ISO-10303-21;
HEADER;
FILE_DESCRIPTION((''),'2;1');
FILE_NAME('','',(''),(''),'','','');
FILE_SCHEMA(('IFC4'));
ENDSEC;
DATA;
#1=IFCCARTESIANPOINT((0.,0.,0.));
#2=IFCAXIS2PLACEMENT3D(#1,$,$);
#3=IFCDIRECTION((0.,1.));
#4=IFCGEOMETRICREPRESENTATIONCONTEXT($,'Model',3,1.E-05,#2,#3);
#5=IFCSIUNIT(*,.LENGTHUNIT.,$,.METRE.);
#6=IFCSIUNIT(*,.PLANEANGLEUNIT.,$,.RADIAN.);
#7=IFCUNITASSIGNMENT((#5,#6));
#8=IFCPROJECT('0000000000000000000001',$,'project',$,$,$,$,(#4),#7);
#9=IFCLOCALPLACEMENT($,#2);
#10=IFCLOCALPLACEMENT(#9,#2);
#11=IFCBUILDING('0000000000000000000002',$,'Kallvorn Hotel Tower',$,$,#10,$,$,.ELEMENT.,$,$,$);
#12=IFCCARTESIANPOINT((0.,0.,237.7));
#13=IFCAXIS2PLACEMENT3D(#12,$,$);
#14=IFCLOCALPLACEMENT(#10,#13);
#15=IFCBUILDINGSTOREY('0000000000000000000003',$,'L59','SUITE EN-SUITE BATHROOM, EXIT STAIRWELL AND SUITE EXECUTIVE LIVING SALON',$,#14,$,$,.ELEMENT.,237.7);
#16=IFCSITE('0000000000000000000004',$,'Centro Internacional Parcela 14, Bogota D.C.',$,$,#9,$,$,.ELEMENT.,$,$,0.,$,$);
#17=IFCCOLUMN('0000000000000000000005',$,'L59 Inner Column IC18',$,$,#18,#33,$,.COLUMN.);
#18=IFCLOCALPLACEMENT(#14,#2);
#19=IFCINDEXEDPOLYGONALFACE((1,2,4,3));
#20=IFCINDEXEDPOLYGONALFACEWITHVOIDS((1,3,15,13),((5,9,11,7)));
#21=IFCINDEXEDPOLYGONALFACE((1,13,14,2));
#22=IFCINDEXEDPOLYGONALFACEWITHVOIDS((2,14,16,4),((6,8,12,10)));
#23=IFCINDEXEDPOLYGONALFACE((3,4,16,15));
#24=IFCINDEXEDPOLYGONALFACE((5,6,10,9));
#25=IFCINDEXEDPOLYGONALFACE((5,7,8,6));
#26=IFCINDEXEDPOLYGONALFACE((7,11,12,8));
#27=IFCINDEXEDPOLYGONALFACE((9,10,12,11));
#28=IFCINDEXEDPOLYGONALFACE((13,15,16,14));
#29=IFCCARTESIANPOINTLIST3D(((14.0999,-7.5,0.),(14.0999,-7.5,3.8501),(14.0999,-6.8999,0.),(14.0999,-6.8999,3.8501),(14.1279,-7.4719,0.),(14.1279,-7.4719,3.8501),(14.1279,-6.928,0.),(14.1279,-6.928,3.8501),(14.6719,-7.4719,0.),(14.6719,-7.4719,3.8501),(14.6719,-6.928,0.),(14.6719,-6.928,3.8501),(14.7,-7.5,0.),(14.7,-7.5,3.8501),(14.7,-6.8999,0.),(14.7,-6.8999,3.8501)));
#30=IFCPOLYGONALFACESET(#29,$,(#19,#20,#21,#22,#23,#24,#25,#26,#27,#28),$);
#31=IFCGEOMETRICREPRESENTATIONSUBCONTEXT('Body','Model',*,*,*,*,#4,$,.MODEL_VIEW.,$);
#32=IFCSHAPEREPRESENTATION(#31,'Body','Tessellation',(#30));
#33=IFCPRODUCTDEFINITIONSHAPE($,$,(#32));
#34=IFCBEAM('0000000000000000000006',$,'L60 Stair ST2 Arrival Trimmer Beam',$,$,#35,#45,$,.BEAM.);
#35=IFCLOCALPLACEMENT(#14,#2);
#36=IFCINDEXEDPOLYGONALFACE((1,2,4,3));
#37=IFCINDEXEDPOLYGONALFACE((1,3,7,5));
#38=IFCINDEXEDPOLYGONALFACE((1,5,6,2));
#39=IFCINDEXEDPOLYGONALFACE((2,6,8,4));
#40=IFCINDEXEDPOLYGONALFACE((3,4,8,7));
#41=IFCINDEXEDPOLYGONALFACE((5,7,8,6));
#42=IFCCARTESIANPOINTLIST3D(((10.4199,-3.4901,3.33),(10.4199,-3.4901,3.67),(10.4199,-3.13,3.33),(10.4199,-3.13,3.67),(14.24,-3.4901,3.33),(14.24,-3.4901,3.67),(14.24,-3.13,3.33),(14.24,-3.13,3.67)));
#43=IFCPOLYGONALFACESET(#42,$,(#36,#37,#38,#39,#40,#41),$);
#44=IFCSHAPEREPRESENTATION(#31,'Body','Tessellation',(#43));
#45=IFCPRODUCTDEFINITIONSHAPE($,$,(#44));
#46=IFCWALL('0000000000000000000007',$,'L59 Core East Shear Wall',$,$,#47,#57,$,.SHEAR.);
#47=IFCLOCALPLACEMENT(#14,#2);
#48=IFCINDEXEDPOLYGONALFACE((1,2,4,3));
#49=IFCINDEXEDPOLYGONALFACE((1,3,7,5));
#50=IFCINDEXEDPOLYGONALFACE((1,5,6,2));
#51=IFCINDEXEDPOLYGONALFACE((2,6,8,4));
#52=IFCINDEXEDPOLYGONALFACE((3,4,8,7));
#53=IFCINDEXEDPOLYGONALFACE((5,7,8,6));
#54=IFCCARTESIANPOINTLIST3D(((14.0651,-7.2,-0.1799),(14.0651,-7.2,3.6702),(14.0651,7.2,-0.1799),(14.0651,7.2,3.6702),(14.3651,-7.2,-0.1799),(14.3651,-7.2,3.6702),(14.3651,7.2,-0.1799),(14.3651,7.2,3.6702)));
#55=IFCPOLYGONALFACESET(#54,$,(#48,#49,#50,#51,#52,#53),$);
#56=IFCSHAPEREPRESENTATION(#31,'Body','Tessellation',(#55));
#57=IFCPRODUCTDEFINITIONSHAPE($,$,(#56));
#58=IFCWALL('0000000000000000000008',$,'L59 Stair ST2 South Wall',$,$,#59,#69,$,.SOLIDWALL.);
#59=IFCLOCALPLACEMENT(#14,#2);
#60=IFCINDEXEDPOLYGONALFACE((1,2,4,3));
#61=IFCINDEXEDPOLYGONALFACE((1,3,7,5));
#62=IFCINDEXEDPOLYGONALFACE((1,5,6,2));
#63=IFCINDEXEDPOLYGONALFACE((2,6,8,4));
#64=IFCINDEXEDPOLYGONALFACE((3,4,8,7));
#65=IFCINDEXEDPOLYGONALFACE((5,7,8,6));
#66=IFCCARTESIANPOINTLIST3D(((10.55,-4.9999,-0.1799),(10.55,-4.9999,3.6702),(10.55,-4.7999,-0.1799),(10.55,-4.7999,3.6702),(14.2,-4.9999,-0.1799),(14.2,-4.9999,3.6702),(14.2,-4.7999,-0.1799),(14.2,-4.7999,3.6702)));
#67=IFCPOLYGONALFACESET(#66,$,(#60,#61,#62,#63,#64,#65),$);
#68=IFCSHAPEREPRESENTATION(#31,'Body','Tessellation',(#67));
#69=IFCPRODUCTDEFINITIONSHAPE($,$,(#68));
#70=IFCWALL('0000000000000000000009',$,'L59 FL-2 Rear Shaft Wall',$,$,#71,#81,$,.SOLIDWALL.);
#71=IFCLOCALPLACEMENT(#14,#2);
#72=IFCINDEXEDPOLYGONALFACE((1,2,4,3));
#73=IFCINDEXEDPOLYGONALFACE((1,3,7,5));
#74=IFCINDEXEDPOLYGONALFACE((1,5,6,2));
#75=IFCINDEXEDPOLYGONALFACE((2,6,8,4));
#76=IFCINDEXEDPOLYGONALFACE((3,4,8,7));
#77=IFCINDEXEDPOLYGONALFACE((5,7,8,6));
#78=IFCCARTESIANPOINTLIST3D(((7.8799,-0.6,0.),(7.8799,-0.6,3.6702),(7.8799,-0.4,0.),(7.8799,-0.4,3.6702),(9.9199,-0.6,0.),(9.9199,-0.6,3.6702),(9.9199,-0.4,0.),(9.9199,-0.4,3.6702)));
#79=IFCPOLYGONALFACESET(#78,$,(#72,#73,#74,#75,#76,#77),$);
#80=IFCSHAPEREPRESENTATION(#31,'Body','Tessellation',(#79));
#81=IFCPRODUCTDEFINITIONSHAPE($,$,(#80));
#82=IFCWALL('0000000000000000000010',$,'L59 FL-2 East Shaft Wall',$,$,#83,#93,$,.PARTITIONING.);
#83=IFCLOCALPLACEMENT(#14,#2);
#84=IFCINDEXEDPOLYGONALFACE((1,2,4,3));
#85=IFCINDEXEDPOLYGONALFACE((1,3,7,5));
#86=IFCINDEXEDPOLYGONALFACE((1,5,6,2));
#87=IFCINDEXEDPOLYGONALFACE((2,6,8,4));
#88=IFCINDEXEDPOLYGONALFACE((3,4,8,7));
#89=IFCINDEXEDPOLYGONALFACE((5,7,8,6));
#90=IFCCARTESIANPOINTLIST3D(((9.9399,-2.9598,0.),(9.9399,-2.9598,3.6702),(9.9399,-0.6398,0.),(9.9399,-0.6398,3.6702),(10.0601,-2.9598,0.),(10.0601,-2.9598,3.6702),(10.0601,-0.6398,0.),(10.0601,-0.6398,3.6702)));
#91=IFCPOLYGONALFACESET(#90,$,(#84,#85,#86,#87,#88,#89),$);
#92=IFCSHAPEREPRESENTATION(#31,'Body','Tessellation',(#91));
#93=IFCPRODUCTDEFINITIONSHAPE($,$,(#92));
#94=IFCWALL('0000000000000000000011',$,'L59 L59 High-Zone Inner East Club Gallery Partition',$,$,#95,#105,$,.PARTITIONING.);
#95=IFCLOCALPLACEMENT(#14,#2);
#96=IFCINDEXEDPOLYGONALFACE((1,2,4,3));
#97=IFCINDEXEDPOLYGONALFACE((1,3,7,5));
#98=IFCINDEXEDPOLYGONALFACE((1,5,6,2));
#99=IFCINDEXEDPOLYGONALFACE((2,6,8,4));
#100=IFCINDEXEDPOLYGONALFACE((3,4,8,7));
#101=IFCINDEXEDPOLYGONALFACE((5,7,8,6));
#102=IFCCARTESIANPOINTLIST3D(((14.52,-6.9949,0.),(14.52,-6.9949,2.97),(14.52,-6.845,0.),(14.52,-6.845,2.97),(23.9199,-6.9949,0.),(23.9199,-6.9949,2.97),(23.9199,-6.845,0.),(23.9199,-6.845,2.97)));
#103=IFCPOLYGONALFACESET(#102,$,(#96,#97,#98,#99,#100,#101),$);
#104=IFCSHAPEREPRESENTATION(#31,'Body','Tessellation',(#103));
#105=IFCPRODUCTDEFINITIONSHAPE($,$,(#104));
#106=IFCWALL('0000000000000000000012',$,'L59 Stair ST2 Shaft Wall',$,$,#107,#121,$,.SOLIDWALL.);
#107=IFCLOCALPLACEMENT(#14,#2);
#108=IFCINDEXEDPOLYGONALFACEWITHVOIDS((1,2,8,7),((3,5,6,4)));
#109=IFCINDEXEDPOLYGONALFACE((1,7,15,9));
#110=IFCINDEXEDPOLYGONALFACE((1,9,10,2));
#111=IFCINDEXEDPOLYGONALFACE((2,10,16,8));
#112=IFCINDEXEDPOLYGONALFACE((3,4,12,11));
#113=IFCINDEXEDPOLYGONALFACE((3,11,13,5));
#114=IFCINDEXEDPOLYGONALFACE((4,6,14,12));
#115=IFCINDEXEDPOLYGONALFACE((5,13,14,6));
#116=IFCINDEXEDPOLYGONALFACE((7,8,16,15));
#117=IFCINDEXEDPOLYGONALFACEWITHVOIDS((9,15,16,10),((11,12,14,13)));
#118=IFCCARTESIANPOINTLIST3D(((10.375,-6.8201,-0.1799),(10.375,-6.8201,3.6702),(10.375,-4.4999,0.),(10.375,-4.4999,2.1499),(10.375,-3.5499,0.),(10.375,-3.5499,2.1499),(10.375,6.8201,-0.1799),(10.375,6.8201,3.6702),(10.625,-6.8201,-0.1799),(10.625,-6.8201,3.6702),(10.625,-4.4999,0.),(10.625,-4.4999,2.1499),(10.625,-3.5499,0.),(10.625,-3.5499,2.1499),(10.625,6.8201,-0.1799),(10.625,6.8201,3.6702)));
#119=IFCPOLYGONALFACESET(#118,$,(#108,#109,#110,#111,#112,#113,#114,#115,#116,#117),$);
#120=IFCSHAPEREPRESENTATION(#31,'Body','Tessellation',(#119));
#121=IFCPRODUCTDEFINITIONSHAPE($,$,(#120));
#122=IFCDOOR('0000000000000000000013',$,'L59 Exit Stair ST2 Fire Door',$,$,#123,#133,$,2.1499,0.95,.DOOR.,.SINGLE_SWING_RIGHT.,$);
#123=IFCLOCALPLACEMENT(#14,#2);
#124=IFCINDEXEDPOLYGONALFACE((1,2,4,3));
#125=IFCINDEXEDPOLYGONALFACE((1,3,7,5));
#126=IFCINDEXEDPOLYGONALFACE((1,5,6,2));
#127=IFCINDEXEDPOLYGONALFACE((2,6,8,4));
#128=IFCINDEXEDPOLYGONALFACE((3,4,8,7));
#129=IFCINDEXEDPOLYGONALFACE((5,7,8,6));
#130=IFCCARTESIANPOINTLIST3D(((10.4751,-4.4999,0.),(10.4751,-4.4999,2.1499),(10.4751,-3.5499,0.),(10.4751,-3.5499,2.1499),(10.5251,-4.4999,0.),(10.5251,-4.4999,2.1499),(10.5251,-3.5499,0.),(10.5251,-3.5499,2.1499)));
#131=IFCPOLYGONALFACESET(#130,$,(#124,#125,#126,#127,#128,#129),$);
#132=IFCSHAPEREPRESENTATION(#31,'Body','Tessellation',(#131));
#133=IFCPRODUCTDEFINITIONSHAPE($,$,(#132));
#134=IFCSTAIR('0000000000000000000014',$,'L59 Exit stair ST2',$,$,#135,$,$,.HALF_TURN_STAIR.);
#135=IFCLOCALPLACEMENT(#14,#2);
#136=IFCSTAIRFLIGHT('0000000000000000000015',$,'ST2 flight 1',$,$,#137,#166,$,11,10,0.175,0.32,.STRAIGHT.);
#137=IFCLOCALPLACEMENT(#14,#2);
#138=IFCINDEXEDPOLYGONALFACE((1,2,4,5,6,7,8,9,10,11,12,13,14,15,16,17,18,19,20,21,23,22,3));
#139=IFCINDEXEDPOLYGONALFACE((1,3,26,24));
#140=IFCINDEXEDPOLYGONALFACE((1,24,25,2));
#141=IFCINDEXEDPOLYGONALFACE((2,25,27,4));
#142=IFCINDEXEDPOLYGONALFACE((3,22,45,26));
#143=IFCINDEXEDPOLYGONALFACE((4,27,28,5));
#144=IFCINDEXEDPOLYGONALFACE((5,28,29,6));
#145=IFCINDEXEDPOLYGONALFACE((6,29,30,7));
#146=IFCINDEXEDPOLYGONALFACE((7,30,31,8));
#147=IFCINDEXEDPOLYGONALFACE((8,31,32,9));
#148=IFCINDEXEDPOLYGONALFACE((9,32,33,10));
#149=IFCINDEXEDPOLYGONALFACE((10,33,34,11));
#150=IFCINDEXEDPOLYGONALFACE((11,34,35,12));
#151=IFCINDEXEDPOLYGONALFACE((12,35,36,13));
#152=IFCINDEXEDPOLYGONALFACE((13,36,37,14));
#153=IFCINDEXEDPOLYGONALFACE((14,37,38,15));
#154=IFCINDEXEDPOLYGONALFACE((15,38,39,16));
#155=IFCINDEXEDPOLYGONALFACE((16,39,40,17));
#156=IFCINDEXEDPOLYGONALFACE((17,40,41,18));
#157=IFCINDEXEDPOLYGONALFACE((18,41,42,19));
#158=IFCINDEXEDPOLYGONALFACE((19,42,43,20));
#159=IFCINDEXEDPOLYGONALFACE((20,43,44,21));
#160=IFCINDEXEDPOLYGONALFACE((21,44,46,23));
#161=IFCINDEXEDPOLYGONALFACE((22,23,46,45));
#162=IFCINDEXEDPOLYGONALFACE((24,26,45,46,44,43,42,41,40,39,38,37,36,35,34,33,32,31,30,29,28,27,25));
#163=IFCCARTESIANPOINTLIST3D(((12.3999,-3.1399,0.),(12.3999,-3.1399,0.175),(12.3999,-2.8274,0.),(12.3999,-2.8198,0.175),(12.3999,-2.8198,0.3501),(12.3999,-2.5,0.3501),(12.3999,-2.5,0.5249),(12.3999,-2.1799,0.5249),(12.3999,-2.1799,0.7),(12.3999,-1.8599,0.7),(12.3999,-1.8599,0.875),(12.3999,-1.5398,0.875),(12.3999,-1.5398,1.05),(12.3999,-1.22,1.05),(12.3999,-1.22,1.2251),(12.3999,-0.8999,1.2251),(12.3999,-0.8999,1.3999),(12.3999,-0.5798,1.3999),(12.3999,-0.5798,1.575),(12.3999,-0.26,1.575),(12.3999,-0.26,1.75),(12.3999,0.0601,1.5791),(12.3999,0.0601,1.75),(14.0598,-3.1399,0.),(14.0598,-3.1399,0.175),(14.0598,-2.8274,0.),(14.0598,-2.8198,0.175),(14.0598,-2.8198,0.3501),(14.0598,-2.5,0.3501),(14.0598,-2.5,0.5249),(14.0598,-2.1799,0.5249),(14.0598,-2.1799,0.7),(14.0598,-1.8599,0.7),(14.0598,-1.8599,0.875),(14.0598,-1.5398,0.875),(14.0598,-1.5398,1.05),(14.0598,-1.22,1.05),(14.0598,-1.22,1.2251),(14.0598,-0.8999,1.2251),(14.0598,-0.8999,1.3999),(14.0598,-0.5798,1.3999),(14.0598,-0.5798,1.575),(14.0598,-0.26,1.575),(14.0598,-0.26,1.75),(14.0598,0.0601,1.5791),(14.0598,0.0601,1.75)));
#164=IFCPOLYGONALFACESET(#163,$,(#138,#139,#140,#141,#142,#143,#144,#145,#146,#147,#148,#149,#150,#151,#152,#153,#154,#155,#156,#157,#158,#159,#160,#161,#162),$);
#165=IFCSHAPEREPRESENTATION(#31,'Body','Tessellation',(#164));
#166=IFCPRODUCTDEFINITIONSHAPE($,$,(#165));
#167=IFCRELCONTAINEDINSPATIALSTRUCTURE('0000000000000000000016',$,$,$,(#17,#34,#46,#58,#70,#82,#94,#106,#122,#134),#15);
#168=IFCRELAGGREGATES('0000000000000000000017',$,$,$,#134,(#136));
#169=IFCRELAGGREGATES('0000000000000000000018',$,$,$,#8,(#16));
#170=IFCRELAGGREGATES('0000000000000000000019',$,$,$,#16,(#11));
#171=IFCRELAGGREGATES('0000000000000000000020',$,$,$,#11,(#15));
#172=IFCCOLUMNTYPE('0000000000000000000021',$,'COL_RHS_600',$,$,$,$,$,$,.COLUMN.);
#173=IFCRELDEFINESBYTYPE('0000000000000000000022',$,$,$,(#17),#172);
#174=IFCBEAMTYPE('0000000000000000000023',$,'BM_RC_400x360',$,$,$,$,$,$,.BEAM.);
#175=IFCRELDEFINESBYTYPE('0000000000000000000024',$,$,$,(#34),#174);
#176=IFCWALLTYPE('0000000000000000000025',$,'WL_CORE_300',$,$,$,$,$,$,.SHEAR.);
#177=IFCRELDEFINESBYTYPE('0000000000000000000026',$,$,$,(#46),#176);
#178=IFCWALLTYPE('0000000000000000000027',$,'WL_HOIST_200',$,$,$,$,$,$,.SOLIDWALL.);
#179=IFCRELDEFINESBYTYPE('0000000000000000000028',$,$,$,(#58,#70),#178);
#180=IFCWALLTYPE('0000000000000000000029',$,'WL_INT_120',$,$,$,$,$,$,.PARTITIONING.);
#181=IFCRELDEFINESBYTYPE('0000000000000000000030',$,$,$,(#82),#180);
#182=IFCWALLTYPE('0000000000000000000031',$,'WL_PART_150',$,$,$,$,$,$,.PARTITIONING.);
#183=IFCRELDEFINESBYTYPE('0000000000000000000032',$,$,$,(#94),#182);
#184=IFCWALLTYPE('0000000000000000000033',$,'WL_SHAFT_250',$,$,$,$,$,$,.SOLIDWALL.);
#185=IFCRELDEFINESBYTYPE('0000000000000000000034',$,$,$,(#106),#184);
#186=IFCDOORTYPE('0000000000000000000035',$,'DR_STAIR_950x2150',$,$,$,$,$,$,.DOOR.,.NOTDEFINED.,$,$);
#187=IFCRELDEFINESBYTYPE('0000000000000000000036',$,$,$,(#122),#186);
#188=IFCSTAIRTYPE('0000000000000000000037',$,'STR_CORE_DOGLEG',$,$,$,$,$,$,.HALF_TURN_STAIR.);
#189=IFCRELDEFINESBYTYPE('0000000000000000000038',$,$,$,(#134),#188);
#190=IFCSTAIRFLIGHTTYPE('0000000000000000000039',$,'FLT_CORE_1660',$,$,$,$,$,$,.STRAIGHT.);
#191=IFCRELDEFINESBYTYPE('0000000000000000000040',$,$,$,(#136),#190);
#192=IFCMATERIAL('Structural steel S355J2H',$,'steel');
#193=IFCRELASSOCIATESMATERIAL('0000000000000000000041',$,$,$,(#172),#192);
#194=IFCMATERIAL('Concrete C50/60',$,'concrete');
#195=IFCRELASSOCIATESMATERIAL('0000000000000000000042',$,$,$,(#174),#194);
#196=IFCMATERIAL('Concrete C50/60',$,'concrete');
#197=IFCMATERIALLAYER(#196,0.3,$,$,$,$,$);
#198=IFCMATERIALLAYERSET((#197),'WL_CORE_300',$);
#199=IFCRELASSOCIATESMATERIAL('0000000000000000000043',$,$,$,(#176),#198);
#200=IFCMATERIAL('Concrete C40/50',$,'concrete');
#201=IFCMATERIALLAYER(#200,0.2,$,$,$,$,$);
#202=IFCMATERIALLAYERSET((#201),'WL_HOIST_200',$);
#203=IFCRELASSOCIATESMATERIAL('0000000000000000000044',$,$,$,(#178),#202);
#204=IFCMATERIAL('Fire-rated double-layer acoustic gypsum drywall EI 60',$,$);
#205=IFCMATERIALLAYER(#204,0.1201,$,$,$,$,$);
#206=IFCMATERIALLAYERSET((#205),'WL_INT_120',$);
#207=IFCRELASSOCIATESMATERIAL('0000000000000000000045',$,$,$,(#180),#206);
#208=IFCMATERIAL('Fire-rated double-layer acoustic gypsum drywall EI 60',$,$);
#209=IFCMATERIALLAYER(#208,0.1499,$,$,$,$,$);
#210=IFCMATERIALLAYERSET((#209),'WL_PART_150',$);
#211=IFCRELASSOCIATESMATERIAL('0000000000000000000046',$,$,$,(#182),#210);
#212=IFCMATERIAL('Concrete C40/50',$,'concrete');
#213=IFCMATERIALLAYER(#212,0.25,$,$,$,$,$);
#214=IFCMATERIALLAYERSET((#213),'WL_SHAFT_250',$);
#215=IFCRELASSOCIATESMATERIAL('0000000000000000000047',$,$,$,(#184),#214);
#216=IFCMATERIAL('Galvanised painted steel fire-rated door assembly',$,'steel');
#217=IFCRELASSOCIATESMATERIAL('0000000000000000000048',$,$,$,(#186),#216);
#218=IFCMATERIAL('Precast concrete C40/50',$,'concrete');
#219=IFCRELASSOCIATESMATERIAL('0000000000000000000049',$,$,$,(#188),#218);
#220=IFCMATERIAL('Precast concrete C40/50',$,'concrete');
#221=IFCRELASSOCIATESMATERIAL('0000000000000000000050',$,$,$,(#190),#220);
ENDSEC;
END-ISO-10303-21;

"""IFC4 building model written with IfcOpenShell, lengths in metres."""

from ifc_helpers import new_model, si_unit, direction, frame, frame_2d, origin, origin_2d, place, context, subcontext, project, spatial, polyline, rectangle, hollow_rectangle, outline, extrude, material, layer, layer_set, material_profile, profile_set, type_object, element, fill, aggregate, save


model = new_model("IFC4")

# Units and contexts
model_context = context("Model", 3, precision=1e-05, world=origin(), true_north=direction((0.0, 1.0)))
body_context = subcontext(model_context, "Body", "Model", "MODEL_VIEW")
ifc_project = project(units=[si_unit("LENGTHUNIT", "METRE"), si_unit("PLANEANGLEUNIT", "RADIAN")], contexts=[model_context])

# Site, building, storey
site_placement = place(None, origin())
site = spatial("IfcSite", under=ifc_project, at=site_placement, Name="Centro Internacional Parcela 14, Bogota D.C.", CompositionType="ELEMENT", RefElevation=0.0)
building_placement = place(site_placement, origin())
building = spatial("IfcBuilding", under=site, at=building_placement, Name="Kallvorn Hotel Tower", CompositionType="ELEMENT")
storey_placement = place(building_placement, frame((0.0, 0.0, 237.7)))
storey = spatial("IfcBuildingStorey", under=building, at=storey_placement, Name="L59", Description="SUITE EN-SUITE BATHROOM, EXIT STAIRWELL AND SUITE EXECUTIVE LIVING SALON", CompositionType="ELEMENT", Elevation=237.7)

# Column
ifc_material_1 = material(Name="Structural steel S355J2H", Category="steel")
ifc_material_profile_1 = material_profile(ifc_material_1, hollow_rectangle(XDim=0.6001, YDim=0.6001, WallThickness=0.0281, at=origin_2d()), Name="RHS 600x600x28")
ifc_profile_set_1 = profile_set([ifc_material_profile_1], Name="Structural steel S355J2H")
column_type = type_object("IfcColumnType", Name="COL_RHS_600", PredefinedType="COLUMN", material=ifc_profile_set_1)
column_placement = place(storey_placement, frame((14.3999, -7.2, 0.0), z_axis=(0.0, 0.0, 1.0), x_axis=(1.0, 0.0, 0.0)))
element("IfcColumn", 1, at=column_placement, inside=storey, type_object=column_type, Name="L59 Inner Column IC18", PredefinedType="COLUMN", context=body_context, shape_type="SweptSolid", body=[
    extrude(hollow_rectangle(XDim=0.6001, YDim=0.6001, WallThickness=0.0281, at=origin_2d()), origin(), (0.0, 0.0, 1.0), 3.8501),
])

# Beam
ifc_material_2 = material(Name="Concrete C50/60", Category="concrete")
ifc_material_profile_2 = material_profile(ifc_material_2, rectangle(XDim=0.3601, YDim=0.3401, at=origin_2d()), Name="RC 360x340")
ifc_profile_set_2 = profile_set([ifc_material_profile_2], Name="Concrete C50/60")
beam_type = type_object("IfcBeamType", Name="BM_RC_400x360", PredefinedType="BEAM", material=ifc_profile_set_2)
beam_placement = place(storey_placement, frame((14.24, -3.3101, 3.5), z_axis=(-1.0, 0.0, 0.0), x_axis=(0.0, -1.0, 0.0)))
element("IfcBeam", 2, at=beam_placement, inside=storey, type_object=beam_type, Name="L60 Stair ST2 Arrival Trimmer Beam", PredefinedType="BEAM", context=body_context, shape_type="SweptSolid", body=[
    extrude(rectangle(XDim=0.3601, YDim=0.3401, at=origin_2d()), origin(), (0.0, 0.0, 1.0), 3.8201),
])

# Walls
ifc_material_3 = material(Name="Concrete C50/60", Category="concrete")
ifc_layer_1 = layer(ifc_material_3, 0.3)
ifc_layer_set_1 = layer_set([ifc_layer_1], Name="WL_CORE_300")
wall_type_1 = type_object("IfcWallType", Name="WL_CORE_300", PredefinedType="SHEAR", material=ifc_layer_set_1)
wall_1_placement = place(storey_placement, frame((14.2151, -7.2, -0.1799), z_axis=(0.0, 0.0, 1.0), x_axis=(0.0, 1.0, 0.0)))
element("IfcWall", 3, at=wall_1_placement, inside=storey, type_object=wall_type_1, Name="L59 Core East Shear Wall", PredefinedType="SHEAR", context=body_context, shape_type="SweptSolid", body=[
    extrude(rectangle(XDim=14.3999, YDim=0.3, at=frame_2d((7.2, 0.0))), origin(), (0.0, 0.0, 1.0), 3.8501),
])
ifc_material_4 = material(Name="Concrete C40/50", Category="concrete")
ifc_layer_2 = layer(ifc_material_4, 0.2)
ifc_layer_set_2 = layer_set([ifc_layer_2], Name="WL_HOIST_200")
wall_type_2 = type_object("IfcWallType", Name="WL_HOIST_200", PredefinedType="SOLIDWALL", material=ifc_layer_set_2)
wall_2_placement = place(storey_placement, frame((10.55, -4.8999, -0.1799), z_axis=(0.0, 0.0, 1.0), x_axis=(1.0, 0.0, 0.0)))
element("IfcWall", 4, at=wall_2_placement, inside=storey, type_object=wall_type_2, Name="L59 Stair ST2 South Wall", PredefinedType="SOLIDWALL", context=body_context, shape_type="SweptSolid", body=[
    extrude(rectangle(XDim=3.6499, YDim=0.2, at=frame_2d((1.825, 0.0))), origin(), (0.0, 0.0, 1.0), 3.8501),
])
wall_3_placement = place(storey_placement, frame((7.8799, -0.5, 0.0), z_axis=(0.0, 0.0, 1.0), x_axis=(1.0, 0.0, 0.0)))
element("IfcWall", 5, at=wall_3_placement, inside=storey, type_object=wall_type_2, Name="L59 FL-2 Rear Shaft Wall", PredefinedType="SOLIDWALL", context=body_context, shape_type="SweptSolid", body=[
    extrude(rectangle(XDim=2.04, YDim=0.2, at=frame_2d((1.02, 0.0))), origin(), (0.0, 0.0, 1.0), 3.6702),
])
ifc_material_5 = material(Name="Fire-rated double-layer acoustic gypsum drywall EI 60")
ifc_layer_3 = layer(ifc_material_5, 0.1201)
ifc_layer_set_3 = layer_set([ifc_layer_3], Name="WL_INT_120")
wall_type_3 = type_object("IfcWallType", Name="WL_INT_120", PredefinedType="PARTITIONING", material=ifc_layer_set_3)
wall_4_placement = place(storey_placement, frame((10.0, -2.96, 0.0), z_axis=(0.0, 0.0, 1.0), x_axis=(0.0, 1.0, 0.0)))
element("IfcWall", 6, at=wall_4_placement, inside=storey, type_object=wall_type_3, Name="L59 FL-2 East Shaft Wall", PredefinedType="PARTITIONING", context=body_context, shape_type="SweptSolid", body=[
    extrude(rectangle(XDim=2.3201, YDim=0.1201, at=frame_2d((1.1602, 0.0))), origin(), (0.0, 0.0, 1.0), 3.6702),
])
ifc_material_6 = material(Name="Fire-rated double-layer acoustic gypsum drywall EI 60")
ifc_layer_4 = layer(ifc_material_6, 0.1499)
ifc_layer_set_4 = layer_set([ifc_layer_4], Name="WL_PART_150")
wall_type_4 = type_object("IfcWallType", Name="WL_PART_150", PredefinedType="PARTITIONING", material=ifc_layer_set_4)
wall_5_placement = place(storey_placement, frame((14.52, -6.9199, 0.0), z_axis=(0.0, 0.0, 1.0), x_axis=(1.0, 0.0, 0.0)))
element("IfcWall", 7, at=wall_5_placement, inside=storey, type_object=wall_type_4, Name="L59 L59 High-Zone Inner East Club Gallery Partition", PredefinedType="PARTITIONING", context=body_context, shape_type="SweptSolid", body=[
    extrude(rectangle(XDim=9.3999, YDim=0.1499, at=frame_2d((4.7, 0.0))), origin(), (0.0, 0.0, 1.0), 2.97),
])

# Wall, opening, door
ifc_material_7 = material(Name="Concrete C40/50", Category="concrete")
ifc_layer_5 = layer(ifc_material_7, 0.25)
ifc_layer_set_5 = layer_set([ifc_layer_5], Name="WL_SHAFT_250")
wall_type_5 = type_object("IfcWallType", Name="WL_SHAFT_250", PredefinedType="SOLIDWALL", material=ifc_layer_set_5)
wall_6_placement = place(storey_placement, frame((10.5, -6.8201, -0.1799), z_axis=(0.0, 0.0, 1.0), x_axis=(0.0, 1.0, 0.0)))
wall_6 = element("IfcWall", 8, at=wall_6_placement, inside=storey, type_object=wall_type_5, Name="L59 Stair ST2 Shaft Wall", PredefinedType="SOLIDWALL", context=body_context, shape_type="SweptSolid", body=[
    extrude(rectangle(XDim=13.6401, YDim=0.25, at=frame_2d((6.8201, 0.0))), origin(), (0.0, 0.0, 1.0), 3.8501),
])
opening_placement = place(wall_6_placement, frame((2.3201, 0.0, 0.1799)))
opening = element("IfcOpeningElement", 9, at=opening_placement, cuts=wall_6, PredefinedType="OPENING", context=body_context, shape_type="SweptSolid", body=[
    extrude(rectangle(XDim=0.95, YDim=2.1499, at=frame_2d((0.4751, 1.075))), frame((0.0, 0.1399, 0.0), z_axis=(0.0, -1.0, 0.0), x_axis=(1.0, 0.0, 0.0)), (0.0, 0.0, 1.0), 0.28),
])
ifc_material_8 = material(Name="Galvanised painted steel fire-rated door assembly", Category="steel")
door_type = type_object("IfcDoorType", Name="DR_STAIR_950x2150", OperationType="NOTDEFINED", PredefinedType="DOOR", material=ifc_material_8)
door_placement = place(opening_placement, origin())
door = element("IfcDoor", 10, at=door_placement, inside=storey, type_object=door_type, Name="L59 Exit Stair ST2 Fire Door", OperationType="SINGLE_SWING_RIGHT", OverallHeight=2.1499, OverallWidth=0.95, PredefinedType="DOOR", context=body_context, shape_type="SweptSolid", body=[
    extrude(rectangle(XDim=0.95, YDim=2.1499, at=frame_2d((0.4751, 1.075))), frame((0.0, 0.0249, 0.0), z_axis=(0.0, -1.0, 0.0), x_axis=(1.0, 0.0, 0.0)), (0.0, 0.0, 1.0), 0.05),
])
fill(opening, door)

# Stair, stair flight
ifc_material_9 = material(Name="Precast concrete C40/50", Category="concrete")
stair_type = type_object("IfcStairType", Name="STR_CORE_DOGLEG", PredefinedType="HALF_TURN_STAIR", material=ifc_material_9)
stair_placement = place(storey_placement, origin())
stair = element("IfcStair", 11, at=stair_placement, inside=storey, type_object=stair_type, Name="L59 Exit stair ST2", PredefinedType="HALF_TURN_STAIR")
ifc_material_10 = material(Name="Precast concrete C40/50", Category="concrete")
stair_flight_type = type_object("IfcStairFlightType", Name="FLT_CORE_1660", PredefinedType="STRAIGHT", material=ifc_material_10)
stair_flight_1_placement = place(storey_placement, frame((13.23, -3.1399, 0.0), z_axis=(0.0, 0.0, 1.0), x_axis=(0.0, 1.0, 0.0)))
stair_flight_1 = element("IfcStairFlight", 12, at=stair_flight_1_placement, type_object=stair_flight_type, Name="ST2 flight 1", NumberOfRisers=11, NumberOfTreads=10, PredefinedType="STRAIGHT", RiserHeight=0.175, TreadLength=0.32, context=body_context, shape_type="SweptSolid", body=[
    extrude(outline(polyline([(0.0, 0.0), (0.0, 0.175), (0.3201, 0.175), (0.3201, 0.3501), (0.6399, 0.3501), (0.6399, 0.5249), (0.96, 0.5249), (0.96, 0.7), (1.28, 0.7), (1.28, 0.875), (1.6001, 0.875), (1.6001, 1.05), (1.9199, 1.05), (1.9199, 1.2251), (2.24, 1.2251), (2.24, 1.3999), (2.5601, 1.3999), (2.5601, 1.575), (2.8799, 1.575), (2.8799, 1.75), (3.2, 1.75), (3.2, 1.925), (3.2, 1.5791), (0.3125, 0.0), (0.0, 0.0)])), frame((0.0, 0.8301, 0.0), z_axis=(0.0, -1.0, 0.0), x_axis=(1.0, 0.0, 0.0)), (0.0, 0.0, 1.0), 1.6599),
])
aggregate(stair, [stair_flight_1])

save(model, "model.ifc")
